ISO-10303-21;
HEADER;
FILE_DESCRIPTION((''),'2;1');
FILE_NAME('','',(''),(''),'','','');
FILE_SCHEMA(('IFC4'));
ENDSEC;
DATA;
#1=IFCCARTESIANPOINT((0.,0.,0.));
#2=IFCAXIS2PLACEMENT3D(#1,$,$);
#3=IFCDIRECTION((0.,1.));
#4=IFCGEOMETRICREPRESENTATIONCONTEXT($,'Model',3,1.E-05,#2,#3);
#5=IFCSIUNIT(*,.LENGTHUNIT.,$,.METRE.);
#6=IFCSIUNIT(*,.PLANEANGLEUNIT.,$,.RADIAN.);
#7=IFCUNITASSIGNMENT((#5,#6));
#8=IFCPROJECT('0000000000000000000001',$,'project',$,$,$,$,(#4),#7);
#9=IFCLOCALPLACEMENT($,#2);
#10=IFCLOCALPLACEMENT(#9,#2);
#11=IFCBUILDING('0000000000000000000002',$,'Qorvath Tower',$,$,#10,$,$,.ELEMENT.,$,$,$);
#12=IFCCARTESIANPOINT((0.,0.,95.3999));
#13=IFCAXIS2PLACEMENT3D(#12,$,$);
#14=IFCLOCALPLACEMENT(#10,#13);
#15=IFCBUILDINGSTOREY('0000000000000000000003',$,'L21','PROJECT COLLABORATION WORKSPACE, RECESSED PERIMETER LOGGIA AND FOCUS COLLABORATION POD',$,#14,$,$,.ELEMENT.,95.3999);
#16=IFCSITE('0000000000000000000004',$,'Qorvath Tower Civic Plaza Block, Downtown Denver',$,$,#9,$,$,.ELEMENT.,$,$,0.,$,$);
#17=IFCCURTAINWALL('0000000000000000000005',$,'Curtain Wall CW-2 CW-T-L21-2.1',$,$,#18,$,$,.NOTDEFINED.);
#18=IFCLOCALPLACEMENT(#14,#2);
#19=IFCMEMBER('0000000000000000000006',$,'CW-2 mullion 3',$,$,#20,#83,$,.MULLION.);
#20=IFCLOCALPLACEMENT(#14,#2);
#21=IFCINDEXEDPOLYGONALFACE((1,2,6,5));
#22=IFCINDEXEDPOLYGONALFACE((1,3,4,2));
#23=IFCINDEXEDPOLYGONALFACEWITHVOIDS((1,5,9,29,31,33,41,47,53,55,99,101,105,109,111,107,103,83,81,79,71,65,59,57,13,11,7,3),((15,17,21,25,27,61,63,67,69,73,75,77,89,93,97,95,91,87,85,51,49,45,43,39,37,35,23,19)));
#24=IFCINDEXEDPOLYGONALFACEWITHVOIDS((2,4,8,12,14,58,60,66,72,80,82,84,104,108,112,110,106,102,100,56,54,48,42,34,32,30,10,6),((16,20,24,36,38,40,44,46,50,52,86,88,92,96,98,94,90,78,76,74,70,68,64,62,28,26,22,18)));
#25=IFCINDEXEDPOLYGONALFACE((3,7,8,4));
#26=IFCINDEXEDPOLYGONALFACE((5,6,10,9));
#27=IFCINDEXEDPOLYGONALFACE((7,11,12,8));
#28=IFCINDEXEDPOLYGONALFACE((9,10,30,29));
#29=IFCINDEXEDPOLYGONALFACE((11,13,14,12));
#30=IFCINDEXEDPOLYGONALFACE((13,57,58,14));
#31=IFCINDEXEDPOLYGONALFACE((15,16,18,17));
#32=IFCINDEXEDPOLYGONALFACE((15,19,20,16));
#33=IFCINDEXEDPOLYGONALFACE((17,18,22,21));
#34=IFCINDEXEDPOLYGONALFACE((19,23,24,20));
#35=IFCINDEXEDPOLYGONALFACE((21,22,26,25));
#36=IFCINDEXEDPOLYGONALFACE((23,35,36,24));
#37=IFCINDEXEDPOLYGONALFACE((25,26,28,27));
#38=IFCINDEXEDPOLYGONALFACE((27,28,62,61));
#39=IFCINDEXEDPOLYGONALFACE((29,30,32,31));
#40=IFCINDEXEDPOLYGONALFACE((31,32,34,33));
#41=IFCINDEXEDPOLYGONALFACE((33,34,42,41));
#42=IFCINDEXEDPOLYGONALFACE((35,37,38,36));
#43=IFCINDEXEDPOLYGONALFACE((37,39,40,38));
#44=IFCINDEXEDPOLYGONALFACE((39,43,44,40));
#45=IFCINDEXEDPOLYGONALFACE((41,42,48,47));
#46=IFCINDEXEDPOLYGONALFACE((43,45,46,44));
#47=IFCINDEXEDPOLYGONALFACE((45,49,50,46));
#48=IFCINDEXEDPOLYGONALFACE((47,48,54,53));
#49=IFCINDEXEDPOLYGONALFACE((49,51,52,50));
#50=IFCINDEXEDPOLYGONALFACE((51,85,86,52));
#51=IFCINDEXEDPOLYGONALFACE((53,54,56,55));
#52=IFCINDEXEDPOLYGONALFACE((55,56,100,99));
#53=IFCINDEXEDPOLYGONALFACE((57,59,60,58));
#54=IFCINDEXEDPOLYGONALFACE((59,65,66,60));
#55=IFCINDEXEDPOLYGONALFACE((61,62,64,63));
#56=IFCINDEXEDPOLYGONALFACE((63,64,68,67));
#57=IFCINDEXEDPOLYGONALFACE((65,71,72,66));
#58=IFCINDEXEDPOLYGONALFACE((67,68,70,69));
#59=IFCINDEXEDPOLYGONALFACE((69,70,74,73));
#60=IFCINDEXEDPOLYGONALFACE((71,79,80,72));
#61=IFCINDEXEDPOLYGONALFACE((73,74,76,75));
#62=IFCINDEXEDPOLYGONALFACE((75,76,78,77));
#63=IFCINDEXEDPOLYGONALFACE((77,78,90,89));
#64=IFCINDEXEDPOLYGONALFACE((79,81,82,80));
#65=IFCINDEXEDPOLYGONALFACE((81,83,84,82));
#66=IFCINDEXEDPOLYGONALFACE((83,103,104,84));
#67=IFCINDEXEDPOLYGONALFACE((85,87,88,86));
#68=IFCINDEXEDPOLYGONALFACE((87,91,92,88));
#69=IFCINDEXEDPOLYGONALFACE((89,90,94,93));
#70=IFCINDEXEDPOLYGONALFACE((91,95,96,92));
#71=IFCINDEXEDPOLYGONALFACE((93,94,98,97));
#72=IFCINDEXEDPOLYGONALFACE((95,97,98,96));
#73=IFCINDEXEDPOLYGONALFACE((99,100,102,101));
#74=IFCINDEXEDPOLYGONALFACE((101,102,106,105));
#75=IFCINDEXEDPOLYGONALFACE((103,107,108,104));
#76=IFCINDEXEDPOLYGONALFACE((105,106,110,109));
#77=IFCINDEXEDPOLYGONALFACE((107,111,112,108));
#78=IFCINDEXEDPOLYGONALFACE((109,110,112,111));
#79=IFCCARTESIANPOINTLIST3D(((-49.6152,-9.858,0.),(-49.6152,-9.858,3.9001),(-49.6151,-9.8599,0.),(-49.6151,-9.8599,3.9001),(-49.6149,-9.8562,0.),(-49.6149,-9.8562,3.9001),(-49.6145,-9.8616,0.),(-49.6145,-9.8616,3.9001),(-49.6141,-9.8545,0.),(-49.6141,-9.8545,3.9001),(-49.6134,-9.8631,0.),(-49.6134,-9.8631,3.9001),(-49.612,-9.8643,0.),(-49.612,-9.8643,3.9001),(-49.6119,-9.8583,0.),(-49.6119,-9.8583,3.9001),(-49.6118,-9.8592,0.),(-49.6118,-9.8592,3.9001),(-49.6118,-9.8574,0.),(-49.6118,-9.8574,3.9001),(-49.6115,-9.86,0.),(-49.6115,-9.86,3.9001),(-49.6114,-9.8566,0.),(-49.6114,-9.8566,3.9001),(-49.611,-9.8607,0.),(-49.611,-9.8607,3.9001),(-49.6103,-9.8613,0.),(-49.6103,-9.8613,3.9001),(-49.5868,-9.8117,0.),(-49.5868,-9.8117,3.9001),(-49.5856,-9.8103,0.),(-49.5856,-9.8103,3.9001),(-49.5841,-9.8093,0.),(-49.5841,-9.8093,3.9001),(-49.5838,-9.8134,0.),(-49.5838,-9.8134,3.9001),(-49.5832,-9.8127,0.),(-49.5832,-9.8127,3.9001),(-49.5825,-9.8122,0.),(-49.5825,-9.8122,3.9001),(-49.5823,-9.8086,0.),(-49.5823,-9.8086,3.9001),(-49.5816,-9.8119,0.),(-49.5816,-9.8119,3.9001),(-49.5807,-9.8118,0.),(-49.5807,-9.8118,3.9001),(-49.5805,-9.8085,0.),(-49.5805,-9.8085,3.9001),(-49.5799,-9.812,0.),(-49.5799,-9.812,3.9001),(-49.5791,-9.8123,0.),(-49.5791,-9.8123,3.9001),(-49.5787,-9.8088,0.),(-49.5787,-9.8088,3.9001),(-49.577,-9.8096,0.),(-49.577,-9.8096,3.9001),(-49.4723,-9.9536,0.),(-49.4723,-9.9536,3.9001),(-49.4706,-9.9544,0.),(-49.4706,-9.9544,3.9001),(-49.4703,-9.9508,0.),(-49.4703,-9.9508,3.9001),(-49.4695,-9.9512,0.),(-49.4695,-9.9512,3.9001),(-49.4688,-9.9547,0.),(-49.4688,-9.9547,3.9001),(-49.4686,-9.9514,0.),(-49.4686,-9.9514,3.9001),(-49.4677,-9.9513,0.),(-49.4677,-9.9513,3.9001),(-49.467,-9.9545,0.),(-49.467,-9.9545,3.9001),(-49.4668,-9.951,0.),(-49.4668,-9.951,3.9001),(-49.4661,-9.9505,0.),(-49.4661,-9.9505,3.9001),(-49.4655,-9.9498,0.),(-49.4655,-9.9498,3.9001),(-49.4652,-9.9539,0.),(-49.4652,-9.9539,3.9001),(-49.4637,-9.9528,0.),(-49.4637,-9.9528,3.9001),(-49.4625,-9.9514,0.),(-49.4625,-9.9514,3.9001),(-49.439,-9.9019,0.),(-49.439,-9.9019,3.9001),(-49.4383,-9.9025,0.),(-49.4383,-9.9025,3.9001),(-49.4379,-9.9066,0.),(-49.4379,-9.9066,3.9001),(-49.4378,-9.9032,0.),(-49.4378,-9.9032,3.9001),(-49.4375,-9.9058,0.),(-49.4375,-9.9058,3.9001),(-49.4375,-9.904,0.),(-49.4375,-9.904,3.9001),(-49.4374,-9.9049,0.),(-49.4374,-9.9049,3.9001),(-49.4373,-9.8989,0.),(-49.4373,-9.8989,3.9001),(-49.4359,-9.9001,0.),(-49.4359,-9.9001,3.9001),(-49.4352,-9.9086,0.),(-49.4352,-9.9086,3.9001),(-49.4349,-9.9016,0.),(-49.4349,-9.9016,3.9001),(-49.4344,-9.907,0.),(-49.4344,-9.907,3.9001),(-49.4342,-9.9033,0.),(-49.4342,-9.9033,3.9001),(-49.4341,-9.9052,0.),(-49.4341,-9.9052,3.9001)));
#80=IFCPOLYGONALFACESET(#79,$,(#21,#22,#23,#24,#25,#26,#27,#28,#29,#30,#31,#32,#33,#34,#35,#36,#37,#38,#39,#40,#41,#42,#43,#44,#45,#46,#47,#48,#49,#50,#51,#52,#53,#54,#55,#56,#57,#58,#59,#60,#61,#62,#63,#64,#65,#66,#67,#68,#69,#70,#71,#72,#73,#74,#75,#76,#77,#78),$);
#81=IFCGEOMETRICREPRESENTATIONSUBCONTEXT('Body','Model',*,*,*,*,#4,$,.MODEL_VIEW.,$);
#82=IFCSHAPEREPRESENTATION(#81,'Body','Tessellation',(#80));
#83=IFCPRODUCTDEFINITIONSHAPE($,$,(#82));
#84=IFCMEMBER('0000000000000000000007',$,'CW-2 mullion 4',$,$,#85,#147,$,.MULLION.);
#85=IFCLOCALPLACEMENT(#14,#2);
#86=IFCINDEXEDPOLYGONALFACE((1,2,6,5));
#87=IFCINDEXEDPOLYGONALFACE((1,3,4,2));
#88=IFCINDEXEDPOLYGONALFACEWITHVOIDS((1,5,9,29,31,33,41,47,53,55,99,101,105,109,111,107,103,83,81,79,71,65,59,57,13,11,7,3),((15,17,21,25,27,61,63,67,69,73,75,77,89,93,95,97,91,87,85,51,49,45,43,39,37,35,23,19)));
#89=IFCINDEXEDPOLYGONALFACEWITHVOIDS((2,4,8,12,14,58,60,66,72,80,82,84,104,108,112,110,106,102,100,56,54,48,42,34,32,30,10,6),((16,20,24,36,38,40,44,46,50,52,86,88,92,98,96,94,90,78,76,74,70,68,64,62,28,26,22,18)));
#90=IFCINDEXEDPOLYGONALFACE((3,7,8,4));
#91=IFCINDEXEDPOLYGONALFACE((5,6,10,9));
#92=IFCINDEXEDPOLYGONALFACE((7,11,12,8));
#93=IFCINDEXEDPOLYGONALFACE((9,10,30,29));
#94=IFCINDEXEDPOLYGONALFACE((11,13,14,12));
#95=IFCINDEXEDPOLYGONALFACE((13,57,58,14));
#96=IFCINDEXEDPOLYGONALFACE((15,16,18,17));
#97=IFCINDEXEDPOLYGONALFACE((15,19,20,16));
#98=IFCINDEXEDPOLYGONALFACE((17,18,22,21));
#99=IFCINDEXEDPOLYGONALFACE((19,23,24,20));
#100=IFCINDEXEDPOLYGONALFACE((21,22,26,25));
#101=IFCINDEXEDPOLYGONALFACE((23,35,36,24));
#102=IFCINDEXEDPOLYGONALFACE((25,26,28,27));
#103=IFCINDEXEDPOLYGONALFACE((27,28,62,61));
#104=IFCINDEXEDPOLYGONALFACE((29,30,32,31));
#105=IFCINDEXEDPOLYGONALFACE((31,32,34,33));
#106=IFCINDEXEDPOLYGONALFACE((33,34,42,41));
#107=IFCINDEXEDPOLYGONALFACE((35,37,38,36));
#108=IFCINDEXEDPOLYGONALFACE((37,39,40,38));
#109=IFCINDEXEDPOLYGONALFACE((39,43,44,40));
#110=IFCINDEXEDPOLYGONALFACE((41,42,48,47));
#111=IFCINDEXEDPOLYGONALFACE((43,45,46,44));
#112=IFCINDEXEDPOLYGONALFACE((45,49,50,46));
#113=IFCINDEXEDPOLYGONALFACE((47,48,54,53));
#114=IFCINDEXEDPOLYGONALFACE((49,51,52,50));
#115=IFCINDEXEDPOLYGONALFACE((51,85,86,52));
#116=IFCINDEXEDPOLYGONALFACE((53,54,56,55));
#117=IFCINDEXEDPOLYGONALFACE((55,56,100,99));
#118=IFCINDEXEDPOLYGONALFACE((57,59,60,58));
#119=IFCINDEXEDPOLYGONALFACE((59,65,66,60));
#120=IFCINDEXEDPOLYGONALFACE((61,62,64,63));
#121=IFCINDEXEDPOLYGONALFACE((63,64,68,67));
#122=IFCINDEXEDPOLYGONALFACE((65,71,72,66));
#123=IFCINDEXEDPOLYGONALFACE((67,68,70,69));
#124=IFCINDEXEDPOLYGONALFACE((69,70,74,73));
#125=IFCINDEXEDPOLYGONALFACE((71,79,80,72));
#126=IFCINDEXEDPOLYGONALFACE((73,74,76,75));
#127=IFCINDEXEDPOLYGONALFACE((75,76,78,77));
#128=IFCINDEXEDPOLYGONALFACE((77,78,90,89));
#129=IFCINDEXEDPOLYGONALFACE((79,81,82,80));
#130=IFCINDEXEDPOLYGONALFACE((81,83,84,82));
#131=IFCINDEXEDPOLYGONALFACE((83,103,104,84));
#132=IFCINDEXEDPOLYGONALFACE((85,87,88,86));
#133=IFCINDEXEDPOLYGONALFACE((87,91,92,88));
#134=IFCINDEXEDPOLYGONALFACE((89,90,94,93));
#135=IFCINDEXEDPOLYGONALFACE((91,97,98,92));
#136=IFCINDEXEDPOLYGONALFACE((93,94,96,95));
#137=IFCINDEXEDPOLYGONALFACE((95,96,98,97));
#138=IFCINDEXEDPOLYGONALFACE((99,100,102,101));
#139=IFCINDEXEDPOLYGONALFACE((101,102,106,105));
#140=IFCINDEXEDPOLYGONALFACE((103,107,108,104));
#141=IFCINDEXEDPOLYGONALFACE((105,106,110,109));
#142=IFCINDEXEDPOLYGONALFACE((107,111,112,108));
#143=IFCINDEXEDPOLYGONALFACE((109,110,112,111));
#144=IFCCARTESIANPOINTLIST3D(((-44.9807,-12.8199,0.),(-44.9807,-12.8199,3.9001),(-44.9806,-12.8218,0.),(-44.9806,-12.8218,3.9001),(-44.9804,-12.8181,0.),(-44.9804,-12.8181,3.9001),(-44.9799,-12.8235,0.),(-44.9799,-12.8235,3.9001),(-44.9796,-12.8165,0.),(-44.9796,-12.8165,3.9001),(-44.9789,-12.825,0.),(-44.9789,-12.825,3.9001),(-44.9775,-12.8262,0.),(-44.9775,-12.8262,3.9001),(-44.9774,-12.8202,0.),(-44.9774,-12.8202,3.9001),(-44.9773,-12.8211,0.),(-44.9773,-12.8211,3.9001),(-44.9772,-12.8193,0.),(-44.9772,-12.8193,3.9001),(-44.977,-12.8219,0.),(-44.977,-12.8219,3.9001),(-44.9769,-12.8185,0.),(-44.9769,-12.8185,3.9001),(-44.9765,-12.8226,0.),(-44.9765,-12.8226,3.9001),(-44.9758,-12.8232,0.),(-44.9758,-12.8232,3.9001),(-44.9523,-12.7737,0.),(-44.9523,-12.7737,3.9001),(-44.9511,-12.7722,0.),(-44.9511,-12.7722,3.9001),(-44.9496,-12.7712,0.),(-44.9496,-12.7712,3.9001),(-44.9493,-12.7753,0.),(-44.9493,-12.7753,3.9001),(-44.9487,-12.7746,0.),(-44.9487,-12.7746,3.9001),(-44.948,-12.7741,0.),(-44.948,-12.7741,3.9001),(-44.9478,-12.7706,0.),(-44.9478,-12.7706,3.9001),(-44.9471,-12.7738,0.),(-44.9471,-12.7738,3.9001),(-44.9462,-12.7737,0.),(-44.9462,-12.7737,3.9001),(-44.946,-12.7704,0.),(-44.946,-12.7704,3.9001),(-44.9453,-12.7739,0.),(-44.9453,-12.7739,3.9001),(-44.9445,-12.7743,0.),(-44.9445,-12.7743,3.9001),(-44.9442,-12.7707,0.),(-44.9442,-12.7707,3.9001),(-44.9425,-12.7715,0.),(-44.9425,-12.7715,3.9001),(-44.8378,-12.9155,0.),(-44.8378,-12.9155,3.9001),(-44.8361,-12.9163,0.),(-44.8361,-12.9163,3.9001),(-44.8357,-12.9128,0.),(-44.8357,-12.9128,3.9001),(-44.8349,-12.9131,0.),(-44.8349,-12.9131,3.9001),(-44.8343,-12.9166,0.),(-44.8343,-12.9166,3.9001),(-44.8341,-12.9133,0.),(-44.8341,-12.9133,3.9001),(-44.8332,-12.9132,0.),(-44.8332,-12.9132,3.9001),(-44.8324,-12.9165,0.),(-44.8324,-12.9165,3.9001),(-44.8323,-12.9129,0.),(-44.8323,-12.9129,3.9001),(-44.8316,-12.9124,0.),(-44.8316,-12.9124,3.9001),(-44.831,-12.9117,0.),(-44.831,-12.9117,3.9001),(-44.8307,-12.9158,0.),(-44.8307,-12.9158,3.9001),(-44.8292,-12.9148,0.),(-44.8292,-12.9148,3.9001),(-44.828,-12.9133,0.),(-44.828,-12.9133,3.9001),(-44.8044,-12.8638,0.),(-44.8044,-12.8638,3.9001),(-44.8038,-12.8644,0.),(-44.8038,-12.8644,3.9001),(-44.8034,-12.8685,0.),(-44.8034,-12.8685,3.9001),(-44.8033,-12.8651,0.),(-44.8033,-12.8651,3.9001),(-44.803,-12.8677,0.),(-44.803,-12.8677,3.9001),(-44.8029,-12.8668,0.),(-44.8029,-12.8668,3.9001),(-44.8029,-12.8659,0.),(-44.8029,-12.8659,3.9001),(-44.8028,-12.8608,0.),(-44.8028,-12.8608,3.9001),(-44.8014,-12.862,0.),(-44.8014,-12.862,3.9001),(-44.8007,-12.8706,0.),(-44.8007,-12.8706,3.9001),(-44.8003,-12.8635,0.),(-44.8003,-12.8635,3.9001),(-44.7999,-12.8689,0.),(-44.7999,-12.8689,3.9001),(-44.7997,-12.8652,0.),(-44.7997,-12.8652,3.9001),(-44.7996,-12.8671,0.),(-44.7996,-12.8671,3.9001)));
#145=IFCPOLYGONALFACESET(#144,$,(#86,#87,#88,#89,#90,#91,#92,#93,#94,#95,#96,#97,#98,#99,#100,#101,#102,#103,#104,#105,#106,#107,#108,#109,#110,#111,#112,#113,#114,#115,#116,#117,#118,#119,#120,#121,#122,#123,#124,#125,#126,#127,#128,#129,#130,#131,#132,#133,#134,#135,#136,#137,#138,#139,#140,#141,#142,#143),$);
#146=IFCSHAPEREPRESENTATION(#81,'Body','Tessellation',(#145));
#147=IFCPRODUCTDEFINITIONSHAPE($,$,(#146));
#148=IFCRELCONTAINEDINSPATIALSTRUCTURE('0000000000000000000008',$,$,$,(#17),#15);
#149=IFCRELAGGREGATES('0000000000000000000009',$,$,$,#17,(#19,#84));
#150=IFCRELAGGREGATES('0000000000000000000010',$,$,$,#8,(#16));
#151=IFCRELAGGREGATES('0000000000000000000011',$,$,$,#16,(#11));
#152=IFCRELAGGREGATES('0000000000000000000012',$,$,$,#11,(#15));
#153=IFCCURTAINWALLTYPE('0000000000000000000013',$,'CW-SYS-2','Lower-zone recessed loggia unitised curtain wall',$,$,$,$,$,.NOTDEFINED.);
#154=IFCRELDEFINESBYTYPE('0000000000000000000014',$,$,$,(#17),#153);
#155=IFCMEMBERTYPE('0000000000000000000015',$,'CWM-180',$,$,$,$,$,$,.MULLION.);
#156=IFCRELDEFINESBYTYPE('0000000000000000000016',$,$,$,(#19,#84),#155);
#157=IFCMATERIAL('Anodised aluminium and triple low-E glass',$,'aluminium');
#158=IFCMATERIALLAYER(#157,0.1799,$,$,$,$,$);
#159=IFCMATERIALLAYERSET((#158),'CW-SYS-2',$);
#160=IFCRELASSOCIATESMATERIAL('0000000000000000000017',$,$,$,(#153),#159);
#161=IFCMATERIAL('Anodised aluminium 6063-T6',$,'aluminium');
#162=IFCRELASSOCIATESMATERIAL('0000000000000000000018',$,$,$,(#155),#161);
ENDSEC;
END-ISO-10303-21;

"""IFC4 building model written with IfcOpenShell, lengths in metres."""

from ifc_helpers import new_model, si_unit, direction, frame, origin, origin_2d, place, context, subcontext, project, spatial, hollow_rectangle, extrude, material, layer, layer_set, material_profile, profile_set, type_object, element, aggregate, save


model = new_model("IFC4")

# Units and contexts
model_context = context("Model", 3, precision=1e-05, world=origin(), true_north=direction((0.0, 1.0)))
body_context = subcontext(model_context, "Body", "Model", "MODEL_VIEW")
ifc_project = project(units=[si_unit("LENGTHUNIT", "METRE"), si_unit("PLANEANGLEUNIT", "RADIAN")], contexts=[model_context])

# Site, building, storey
site_placement = place(None, origin())
site = spatial("IfcSite", under=ifc_project, at=site_placement, Name="Qorvath Tower Civic Plaza Block, Downtown Denver", CompositionType="ELEMENT", RefElevation=0.0)
building_placement = place(site_placement, origin())
building = spatial("IfcBuilding", under=site, at=building_placement, Name="Qorvath Tower", CompositionType="ELEMENT")
storey_placement = place(building_placement, frame((0.0, 0.0, 95.3999)))
storey = spatial("IfcBuildingStorey", under=building, at=storey_placement, Name="L21", Description="PROJECT COLLABORATION WORKSPACE, RECESSED PERIMETER LOGGIA AND FOCUS COLLABORATION POD", CompositionType="ELEMENT", Elevation=95.3999)

# Curtain wall, members
ifc_material_1 = material(Name="Anodised aluminium and triple low-E glass", Category="aluminium")
ifc_layer_1 = layer(ifc_material_1, 0.1799)
ifc_layer_set_1 = layer_set([ifc_layer_1], Name="CW-SYS-2")
curtain_wall_type = type_object("IfcCurtainWallType", Name="CW-SYS-2", Description="Lower-zone recessed loggia unitised curtain wall", PredefinedType="NOTDEFINED", material=ifc_layer_set_1)
curtain_wall_placement = place(storey_placement, origin())
curtain_wall = element("IfcCurtainWall", 1, at=curtain_wall_placement, inside=storey, type_object=curtain_wall_type, Name="Curtain Wall CW-2 CW-T-L21-2.1", PredefinedType="NOTDEFINED")
ifc_material_2 = material(Name="Anodised aluminium 6063-T6", Category="aluminium")
ifc_material_profile_1 = material_profile(ifc_material_2, hollow_rectangle(XDim=0.0649, YDim=0.1799, WallThickness=0.0034, InnerFilletRadius=0.0034, OuterFilletRadius=0.0071, at=origin_2d()), Name="CWM 180x65")
ifc_profile_set_1 = profile_set([ifc_material_profile_1], Name="Anodised aluminium 6063-T6")
member_type_1 = type_object("IfcMemberType", Name="CWM-180", PredefinedType="MULLION", material=ifc_profile_set_1)
member_1_placement = place(storey_placement, frame((-49.5247, -9.8816, 0.0), z_axis=(0.0, 0.0, 1.0), x_axis=(0.538529, 0.842607, 0.0)))
member_1 = element("IfcMember", 2, at=member_1_placement, type_object=member_type_1, Name="CW-2 mullion 3", PredefinedType="MULLION", context=body_context, shape_type="SweptSolid", body=[
    extrude(hollow_rectangle(XDim=0.0649, YDim=0.1799, WallThickness=0.0034, InnerFilletRadius=0.0034, OuterFilletRadius=0.0071, at=origin_2d()), origin(), (0.0, 0.0, 1.0), 3.9001),
])
member_2_placement = place(storey_placement, frame((-44.8901, -12.8435, 0.0), z_axis=(0.0, 0.0, 1.0), x_axis=(0.538529, 0.842607, 0.0)))
member_2 = element("IfcMember", 3, at=member_2_placement, type_object=member_type_1, Name="CW-2 mullion 4", PredefinedType="MULLION", context=body_context, shape_type="SweptSolid", body=[
    extrude(hollow_rectangle(XDim=0.0649, YDim=0.1799, WallThickness=0.0034, InnerFilletRadius=0.0034, OuterFilletRadius=0.0071, at=origin_2d()), origin(), (0.0, 0.0, 1.0), 3.9001),
])
aggregate(curtain_wall, [member_1, member_2])

save(model, "model.ifc")
